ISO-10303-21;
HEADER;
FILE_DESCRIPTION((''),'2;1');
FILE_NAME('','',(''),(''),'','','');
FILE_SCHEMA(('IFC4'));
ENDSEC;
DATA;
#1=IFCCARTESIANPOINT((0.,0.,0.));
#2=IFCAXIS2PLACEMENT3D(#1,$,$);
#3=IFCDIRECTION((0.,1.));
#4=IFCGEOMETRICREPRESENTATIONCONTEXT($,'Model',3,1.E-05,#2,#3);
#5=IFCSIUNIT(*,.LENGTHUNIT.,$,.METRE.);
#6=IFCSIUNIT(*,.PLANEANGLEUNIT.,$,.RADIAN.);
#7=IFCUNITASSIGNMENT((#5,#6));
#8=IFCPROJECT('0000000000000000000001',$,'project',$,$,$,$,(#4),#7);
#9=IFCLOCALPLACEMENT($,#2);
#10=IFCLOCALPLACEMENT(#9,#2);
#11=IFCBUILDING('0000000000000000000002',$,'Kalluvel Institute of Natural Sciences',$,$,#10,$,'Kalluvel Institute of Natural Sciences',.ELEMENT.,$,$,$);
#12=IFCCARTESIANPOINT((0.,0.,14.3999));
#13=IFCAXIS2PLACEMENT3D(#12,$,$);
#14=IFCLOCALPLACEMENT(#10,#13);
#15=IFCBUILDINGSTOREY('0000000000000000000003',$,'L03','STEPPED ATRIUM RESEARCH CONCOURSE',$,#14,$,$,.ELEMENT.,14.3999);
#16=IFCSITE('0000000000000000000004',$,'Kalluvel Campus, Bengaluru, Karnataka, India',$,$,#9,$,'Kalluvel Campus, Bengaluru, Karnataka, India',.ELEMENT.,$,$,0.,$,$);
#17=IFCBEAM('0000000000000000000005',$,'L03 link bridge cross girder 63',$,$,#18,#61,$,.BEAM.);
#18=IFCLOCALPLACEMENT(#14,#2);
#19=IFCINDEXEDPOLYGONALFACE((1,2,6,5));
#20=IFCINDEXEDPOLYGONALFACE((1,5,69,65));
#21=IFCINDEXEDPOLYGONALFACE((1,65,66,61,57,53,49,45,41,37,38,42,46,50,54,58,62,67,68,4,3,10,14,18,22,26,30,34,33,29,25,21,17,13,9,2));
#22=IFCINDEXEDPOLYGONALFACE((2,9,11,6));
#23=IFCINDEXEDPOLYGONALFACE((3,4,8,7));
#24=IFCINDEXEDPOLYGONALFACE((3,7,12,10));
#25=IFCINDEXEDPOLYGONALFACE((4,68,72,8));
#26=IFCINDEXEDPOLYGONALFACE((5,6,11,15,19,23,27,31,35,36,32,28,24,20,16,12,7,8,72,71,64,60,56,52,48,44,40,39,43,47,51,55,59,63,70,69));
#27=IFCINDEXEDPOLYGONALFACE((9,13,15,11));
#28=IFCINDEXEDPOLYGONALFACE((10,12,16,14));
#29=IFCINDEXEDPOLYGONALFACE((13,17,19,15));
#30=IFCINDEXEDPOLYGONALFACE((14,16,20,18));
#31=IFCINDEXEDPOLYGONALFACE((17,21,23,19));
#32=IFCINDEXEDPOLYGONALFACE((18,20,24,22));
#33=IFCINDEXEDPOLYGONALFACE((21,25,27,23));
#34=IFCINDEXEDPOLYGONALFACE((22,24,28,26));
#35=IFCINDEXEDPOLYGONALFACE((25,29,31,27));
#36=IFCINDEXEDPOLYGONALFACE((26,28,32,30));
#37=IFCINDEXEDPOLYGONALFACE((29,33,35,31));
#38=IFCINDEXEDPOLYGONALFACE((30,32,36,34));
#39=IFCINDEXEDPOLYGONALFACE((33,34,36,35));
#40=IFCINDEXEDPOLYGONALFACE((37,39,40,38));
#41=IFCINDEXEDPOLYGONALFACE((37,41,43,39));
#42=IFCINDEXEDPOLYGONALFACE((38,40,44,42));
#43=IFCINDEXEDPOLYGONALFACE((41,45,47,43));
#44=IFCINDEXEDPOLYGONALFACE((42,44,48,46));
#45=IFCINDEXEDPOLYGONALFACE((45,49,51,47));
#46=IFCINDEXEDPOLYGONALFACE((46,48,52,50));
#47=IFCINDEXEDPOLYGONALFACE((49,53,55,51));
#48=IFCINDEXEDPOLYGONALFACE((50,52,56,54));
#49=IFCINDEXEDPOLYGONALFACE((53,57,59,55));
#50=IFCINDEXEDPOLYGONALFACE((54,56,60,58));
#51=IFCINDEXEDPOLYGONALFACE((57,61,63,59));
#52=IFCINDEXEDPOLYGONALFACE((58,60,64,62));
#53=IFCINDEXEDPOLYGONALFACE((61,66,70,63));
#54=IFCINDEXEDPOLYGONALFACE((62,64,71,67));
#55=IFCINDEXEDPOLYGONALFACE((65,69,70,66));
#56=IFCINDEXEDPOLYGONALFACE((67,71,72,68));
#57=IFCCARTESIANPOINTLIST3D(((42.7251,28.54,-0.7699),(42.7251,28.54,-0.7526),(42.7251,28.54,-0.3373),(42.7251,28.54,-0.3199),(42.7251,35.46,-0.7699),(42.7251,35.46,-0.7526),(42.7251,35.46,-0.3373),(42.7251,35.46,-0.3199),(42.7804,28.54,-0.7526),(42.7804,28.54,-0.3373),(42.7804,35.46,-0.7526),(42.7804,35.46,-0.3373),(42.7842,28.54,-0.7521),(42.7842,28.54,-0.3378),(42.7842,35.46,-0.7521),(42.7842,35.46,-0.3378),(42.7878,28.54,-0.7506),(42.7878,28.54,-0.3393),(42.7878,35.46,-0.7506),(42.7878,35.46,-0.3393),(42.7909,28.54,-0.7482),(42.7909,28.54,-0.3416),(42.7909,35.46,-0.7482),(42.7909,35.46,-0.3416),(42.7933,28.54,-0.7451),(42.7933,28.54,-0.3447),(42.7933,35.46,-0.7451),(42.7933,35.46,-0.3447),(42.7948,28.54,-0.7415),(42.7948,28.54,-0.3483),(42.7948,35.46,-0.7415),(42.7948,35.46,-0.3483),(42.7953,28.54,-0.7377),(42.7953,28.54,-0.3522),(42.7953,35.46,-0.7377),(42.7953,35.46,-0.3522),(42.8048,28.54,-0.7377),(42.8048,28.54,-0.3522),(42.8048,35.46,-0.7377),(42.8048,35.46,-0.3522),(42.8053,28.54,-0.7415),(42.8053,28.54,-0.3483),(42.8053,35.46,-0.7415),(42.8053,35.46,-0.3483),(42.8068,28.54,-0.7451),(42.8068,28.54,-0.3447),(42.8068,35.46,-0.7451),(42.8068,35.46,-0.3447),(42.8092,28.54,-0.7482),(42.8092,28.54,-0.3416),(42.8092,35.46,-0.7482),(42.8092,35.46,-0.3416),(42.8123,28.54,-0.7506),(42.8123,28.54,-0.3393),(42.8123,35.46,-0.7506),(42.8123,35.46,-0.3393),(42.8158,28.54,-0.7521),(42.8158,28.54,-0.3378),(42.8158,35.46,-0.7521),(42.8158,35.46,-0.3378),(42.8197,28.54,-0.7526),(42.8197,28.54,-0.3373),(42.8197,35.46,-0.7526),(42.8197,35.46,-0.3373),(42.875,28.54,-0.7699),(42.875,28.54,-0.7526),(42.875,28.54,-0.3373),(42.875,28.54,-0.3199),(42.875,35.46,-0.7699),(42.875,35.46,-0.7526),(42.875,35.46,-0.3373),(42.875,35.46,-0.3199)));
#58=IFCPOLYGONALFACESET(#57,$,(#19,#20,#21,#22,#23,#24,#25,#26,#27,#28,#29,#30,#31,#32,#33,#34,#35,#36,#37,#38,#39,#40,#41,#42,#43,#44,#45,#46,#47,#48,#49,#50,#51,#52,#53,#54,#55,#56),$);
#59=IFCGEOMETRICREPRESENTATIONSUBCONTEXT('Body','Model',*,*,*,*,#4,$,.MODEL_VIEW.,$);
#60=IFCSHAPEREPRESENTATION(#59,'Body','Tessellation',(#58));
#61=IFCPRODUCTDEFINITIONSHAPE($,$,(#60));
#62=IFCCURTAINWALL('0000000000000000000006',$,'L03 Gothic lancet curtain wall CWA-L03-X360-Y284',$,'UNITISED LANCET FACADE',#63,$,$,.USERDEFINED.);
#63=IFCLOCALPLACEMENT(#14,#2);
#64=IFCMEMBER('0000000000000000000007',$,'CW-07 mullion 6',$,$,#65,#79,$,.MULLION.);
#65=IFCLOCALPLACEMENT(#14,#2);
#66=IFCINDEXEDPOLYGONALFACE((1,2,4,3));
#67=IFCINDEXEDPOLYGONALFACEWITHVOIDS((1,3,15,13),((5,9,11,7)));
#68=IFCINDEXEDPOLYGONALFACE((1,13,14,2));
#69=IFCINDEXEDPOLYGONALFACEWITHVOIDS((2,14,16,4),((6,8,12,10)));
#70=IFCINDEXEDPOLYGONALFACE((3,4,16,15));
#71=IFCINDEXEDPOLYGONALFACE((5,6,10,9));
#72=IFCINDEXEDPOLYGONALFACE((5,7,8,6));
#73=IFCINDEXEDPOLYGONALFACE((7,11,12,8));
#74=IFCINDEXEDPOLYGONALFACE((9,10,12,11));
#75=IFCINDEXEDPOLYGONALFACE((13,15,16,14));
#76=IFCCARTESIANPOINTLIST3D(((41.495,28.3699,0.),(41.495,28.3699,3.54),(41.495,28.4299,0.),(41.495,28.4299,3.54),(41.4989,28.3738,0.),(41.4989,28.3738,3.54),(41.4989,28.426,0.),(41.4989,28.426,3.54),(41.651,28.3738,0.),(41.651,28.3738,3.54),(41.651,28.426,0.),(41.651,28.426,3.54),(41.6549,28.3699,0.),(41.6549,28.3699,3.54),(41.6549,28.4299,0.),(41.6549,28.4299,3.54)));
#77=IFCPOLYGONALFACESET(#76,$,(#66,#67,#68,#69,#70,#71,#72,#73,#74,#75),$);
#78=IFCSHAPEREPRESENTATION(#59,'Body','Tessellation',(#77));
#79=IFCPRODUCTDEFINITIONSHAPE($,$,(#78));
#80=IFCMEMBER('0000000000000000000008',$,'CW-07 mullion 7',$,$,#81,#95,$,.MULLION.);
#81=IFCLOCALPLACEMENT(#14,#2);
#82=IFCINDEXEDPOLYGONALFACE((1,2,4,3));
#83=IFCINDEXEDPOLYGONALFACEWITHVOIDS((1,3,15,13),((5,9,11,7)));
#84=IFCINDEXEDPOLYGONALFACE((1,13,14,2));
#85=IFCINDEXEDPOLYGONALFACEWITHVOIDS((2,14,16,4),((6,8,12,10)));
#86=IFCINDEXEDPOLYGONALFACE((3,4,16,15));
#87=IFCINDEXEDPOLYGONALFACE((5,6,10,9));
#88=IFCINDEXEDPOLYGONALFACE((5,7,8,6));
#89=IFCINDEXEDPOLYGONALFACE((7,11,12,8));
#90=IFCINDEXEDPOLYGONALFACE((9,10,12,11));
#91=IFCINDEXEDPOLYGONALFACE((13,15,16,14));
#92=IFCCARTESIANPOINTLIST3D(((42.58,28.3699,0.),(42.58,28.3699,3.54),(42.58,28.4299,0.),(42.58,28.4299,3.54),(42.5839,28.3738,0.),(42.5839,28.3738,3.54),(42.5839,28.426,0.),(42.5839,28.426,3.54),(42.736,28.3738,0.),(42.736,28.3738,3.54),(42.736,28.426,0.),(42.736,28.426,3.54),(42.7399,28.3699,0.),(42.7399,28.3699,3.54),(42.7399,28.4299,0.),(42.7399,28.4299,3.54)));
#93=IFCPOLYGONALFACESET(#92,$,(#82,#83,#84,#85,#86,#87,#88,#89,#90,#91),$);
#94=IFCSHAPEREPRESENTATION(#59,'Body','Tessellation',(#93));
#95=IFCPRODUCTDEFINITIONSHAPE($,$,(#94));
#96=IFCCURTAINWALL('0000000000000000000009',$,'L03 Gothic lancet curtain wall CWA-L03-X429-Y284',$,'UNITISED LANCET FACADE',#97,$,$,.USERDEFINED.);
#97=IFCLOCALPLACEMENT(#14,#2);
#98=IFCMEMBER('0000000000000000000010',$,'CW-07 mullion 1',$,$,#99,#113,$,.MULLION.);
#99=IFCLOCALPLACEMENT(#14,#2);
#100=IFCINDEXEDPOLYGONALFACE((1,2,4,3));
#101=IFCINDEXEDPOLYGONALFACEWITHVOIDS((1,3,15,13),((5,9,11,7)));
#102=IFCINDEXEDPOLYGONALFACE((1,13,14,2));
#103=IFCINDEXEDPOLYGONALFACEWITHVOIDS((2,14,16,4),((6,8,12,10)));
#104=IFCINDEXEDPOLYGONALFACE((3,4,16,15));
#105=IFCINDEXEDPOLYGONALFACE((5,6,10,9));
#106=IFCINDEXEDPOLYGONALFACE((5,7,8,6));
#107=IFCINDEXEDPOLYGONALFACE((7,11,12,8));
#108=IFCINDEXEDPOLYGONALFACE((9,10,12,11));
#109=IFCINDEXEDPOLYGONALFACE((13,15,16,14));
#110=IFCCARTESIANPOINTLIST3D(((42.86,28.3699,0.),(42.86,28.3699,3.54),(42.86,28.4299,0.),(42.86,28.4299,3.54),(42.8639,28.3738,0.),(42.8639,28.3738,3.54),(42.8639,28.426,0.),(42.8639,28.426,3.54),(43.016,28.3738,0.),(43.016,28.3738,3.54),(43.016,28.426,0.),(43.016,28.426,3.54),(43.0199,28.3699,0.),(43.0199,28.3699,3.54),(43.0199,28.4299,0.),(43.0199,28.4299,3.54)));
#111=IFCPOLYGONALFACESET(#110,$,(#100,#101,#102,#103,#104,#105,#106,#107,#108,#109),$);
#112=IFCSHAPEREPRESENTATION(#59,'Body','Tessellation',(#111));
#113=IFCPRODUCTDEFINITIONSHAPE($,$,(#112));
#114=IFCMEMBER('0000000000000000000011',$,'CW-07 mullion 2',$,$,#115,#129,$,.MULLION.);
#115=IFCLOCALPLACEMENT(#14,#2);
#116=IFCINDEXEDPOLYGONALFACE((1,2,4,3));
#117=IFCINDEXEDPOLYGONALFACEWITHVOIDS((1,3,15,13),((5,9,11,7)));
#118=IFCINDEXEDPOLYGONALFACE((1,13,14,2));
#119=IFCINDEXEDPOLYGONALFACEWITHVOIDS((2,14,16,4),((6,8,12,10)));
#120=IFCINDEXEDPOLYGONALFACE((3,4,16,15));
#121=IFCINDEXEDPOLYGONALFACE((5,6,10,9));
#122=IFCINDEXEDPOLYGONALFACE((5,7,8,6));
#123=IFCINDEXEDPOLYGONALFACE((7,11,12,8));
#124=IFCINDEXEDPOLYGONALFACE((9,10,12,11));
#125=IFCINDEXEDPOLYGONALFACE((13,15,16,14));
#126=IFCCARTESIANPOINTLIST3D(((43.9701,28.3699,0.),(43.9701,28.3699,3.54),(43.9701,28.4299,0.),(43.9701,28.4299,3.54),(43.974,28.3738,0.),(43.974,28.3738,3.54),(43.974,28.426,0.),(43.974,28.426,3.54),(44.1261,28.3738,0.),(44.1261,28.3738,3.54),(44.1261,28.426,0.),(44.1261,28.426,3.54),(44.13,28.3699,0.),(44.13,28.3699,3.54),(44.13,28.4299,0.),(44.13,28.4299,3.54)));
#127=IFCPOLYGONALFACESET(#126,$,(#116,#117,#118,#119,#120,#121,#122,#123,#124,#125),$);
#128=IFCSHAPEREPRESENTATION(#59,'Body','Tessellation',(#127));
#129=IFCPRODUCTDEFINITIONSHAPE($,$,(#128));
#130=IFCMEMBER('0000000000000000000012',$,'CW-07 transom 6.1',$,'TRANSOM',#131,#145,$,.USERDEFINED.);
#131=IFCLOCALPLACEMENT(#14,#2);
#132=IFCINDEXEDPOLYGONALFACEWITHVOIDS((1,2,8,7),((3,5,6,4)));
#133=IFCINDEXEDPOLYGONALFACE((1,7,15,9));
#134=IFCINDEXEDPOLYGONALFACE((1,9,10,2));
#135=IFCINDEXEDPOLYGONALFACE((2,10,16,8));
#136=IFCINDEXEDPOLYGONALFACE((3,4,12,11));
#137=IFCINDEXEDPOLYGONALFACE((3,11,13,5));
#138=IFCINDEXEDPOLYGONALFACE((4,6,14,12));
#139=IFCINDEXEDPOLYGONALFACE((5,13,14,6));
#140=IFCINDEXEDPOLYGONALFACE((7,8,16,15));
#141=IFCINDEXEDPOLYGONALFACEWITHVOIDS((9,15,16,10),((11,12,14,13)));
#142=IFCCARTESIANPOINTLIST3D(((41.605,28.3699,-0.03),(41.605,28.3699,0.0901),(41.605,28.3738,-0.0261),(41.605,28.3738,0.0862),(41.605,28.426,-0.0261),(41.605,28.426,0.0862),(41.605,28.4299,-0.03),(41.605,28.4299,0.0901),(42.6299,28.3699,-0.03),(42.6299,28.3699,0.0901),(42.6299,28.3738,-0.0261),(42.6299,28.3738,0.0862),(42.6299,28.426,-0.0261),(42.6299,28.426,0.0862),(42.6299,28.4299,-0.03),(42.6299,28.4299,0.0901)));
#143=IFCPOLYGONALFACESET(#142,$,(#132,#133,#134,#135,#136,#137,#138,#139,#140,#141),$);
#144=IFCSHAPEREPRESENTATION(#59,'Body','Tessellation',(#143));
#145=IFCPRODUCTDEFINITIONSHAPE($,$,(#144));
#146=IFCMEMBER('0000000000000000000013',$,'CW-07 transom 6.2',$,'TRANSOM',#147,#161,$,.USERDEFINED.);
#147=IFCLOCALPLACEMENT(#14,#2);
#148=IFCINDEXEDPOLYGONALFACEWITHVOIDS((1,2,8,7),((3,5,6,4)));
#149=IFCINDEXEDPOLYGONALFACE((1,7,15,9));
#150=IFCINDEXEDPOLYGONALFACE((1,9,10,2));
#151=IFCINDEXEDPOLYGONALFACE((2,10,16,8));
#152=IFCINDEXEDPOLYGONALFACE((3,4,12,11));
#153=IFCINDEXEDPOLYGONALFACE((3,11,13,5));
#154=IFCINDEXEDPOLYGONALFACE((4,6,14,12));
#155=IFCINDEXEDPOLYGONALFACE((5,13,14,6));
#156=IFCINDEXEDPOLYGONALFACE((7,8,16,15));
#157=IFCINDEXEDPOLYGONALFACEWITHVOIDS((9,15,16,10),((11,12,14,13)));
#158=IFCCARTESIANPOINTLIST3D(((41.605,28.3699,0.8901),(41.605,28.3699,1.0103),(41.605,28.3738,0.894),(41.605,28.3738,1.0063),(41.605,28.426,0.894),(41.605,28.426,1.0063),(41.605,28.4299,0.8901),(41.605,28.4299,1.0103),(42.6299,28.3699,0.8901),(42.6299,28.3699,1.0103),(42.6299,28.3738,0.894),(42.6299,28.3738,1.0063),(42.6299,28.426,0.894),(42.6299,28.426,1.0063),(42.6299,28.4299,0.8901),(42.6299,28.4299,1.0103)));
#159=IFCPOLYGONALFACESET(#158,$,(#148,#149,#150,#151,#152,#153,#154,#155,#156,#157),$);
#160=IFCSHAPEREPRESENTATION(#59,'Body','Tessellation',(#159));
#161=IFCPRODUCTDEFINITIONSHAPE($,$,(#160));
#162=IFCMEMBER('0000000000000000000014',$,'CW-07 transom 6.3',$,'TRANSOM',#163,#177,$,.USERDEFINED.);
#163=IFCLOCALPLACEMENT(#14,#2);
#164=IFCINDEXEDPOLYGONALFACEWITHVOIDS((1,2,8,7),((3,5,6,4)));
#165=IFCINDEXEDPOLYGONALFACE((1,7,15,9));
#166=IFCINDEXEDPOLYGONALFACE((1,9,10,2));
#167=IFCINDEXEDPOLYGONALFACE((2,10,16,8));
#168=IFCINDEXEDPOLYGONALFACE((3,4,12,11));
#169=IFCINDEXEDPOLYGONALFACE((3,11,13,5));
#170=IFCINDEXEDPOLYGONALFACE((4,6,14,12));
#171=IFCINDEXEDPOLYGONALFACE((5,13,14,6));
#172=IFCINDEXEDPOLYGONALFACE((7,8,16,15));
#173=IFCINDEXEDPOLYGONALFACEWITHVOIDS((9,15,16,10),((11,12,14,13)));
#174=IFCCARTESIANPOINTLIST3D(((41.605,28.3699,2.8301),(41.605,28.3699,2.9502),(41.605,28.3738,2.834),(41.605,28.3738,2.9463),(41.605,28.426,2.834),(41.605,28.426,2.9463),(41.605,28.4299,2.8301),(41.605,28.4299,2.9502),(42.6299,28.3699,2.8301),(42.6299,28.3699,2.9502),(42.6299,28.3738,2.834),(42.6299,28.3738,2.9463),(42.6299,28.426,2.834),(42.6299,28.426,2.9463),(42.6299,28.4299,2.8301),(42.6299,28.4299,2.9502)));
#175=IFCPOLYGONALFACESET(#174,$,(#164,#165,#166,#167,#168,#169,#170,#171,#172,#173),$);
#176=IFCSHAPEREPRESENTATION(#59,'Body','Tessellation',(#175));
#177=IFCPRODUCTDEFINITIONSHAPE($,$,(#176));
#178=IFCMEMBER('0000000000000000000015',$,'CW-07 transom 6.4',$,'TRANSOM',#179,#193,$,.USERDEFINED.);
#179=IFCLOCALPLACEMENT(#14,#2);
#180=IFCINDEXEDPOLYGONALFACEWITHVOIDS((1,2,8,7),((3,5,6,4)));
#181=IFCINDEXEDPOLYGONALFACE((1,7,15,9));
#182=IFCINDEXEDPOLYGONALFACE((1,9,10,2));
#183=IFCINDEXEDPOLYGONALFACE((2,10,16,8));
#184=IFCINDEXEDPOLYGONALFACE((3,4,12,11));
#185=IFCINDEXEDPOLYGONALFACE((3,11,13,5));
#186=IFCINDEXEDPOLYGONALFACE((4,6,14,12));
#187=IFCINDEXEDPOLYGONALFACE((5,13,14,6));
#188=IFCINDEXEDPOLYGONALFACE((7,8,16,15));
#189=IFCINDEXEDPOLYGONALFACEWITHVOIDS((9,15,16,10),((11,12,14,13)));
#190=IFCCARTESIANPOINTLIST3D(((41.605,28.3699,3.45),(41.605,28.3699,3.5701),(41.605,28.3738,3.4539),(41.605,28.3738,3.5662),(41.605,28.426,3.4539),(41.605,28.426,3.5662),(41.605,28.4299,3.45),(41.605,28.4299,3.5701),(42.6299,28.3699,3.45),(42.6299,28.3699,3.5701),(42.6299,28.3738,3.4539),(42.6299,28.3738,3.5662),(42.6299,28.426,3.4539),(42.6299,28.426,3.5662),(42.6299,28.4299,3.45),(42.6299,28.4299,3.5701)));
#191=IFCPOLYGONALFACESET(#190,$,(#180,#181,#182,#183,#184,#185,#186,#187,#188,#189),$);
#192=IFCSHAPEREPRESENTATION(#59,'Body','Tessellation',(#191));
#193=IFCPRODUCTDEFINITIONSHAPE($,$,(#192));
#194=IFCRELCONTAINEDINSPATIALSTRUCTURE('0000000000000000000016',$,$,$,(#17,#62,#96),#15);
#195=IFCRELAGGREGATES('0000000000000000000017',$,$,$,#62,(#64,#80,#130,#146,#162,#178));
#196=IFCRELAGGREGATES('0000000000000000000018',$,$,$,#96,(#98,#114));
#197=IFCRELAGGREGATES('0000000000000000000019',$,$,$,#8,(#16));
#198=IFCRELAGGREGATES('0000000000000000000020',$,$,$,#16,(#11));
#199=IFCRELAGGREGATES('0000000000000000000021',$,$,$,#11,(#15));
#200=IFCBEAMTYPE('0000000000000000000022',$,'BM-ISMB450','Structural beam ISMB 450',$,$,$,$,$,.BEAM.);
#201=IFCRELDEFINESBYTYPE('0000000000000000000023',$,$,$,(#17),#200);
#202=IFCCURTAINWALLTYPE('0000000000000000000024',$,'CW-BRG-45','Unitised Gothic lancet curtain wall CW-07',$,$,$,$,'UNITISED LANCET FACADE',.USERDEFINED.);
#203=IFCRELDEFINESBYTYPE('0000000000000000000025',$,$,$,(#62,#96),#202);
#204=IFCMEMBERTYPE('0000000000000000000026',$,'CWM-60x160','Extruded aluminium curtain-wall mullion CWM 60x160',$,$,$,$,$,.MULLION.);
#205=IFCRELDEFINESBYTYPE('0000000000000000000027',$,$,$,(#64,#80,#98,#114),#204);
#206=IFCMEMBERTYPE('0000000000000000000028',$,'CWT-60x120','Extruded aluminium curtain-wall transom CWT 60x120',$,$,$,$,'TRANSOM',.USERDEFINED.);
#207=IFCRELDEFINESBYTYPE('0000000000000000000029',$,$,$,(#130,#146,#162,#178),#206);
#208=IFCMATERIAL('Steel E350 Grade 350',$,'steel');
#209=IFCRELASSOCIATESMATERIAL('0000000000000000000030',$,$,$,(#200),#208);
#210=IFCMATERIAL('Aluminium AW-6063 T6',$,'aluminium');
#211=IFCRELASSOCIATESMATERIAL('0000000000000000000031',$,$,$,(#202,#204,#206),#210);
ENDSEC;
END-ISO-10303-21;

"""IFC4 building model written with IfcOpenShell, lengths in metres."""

from ifc_helpers import new_model, si_unit, direction, frame, origin, origin_2d, place, context, subcontext, project, spatial, hollow_rectangle, i_section, extrude, material, material_profile, profile_set, type_object, element, aggregate, save


model = new_model("IFC4")

# Units and contexts
model_context = context("Model", 3, precision=1e-05, world=origin(), true_north=direction((0.0, 1.0)))
body_context = subcontext(model_context, "Body", "Model", "MODEL_VIEW")
ifc_project = project(units=[si_unit("LENGTHUNIT", "METRE"), si_unit("PLANEANGLEUNIT", "RADIAN")], contexts=[model_context])

# Site, building, storey
site_placement = place(None, origin())
site = spatial("IfcSite", under=ifc_project, at=site_placement, Name="Kalluvel Campus, Bengaluru, Karnataka, India", LongName="Kalluvel Campus, Bengaluru, Karnataka, India", CompositionType="ELEMENT", RefElevation=0.0)
building_placement = place(site_placement, origin())
building = spatial("IfcBuilding", under=site, at=building_placement, Name="Kalluvel Institute of Natural Sciences", LongName="Kalluvel Institute of Natural Sciences", CompositionType="ELEMENT")
storey_placement = place(building_placement, frame((0.0, 0.0, 14.3999)))
storey = spatial("IfcBuildingStorey", under=building, at=storey_placement, Name="L03", Description="STEPPED ATRIUM RESEARCH CONCOURSE", CompositionType="ELEMENT", Elevation=14.3999)

# Beam
ifc_material_1 = material(Name="Steel E350 Grade 350", Category="steel")
ifc_material_profile_1 = material_profile(ifc_material_1, i_section(OverallWidth=0.1499, OverallDepth=0.45, WebThickness=0.0095, FlangeThickness=0.0173, FilletRadius=0.0149, at=origin_2d()), Name="ISMB 450")
ifc_profile_set_1 = profile_set([ifc_material_profile_1], Name="Steel E350 Grade 350")
beam_type = type_object("IfcBeamType", Name="BM-ISMB450", Description="Structural beam ISMB 450", PredefinedType="BEAM", material=ifc_profile_set_1)
beam_placement = place(storey_placement, frame((42.8, 28.54, -0.5449), z_axis=(0.0, 1.0, 0.0), x_axis=(-1.0, 0.0, 0.0)))
element("IfcBeam", 1, at=beam_placement, inside=storey, type_object=beam_type, Name="L03 link bridge cross girder 63", PredefinedType="BEAM", context=body_context, shape_type="SweptSolid", body=[
    extrude(i_section(OverallWidth=0.1499, OverallDepth=0.45, WebThickness=0.0095, FlangeThickness=0.0173, FilletRadius=0.0149, at=origin_2d()), origin(), (0.0, 0.0, 1.0), 6.9199),
])

# Curtain walls, members
ifc_material_2 = material(Name="Aluminium AW-6063 T6", Category="aluminium")
curtain_wall_type = type_object("IfcCurtainWallType", Name="CW-BRG-45", Description="Unitised Gothic lancet curtain wall CW-07", ElementType="UNITISED LANCET FACADE", PredefinedType="USERDEFINED", material=ifc_material_2)
curtain_wall_1_placement = place(storey_placement, origin())
curtain_wall_1 = element("IfcCurtainWall", 2, at=curtain_wall_1_placement, inside=storey, type_object=curtain_wall_type, Name="L03 Gothic lancet curtain wall CWA-L03-X360-Y284", ObjectType="UNITISED LANCET FACADE", PredefinedType="USERDEFINED")
ifc_material_profile_2 = material_profile(ifc_material_2, hollow_rectangle(XDim=0.0601, YDim=0.1599, WallThickness=0.0039, at=origin_2d()), Name="CWM 60x160")
ifc_profile_set_2 = profile_set([ifc_material_profile_2], Name="Aluminium AW-6063 T6")
member_type_1 = type_object("IfcMemberType", Name="CWM-60x160", Description="Extruded aluminium curtain-wall mullion CWM 60x160", PredefinedType="MULLION", material=ifc_profile_set_2)
member_1_placement = place(storey_placement, frame((41.575, 28.3999, 0.0), z_axis=(0.0, 0.0, 1.0), x_axis=(0.0, 1.0, 0.0)))
member_1 = element("IfcMember", 3, at=member_1_placement, type_object=member_type_1, Name="CW-07 mullion 6", PredefinedType="MULLION", context=body_context, shape_type="SweptSolid", body=[
    extrude(hollow_rectangle(XDim=0.0601, YDim=0.1599, WallThickness=0.0039, at=origin_2d()), origin(), (0.0, 0.0, 1.0), 3.54),
])
member_2_placement = place(storey_placement, frame((42.6599, 28.3999, 0.0), z_axis=(0.0, 0.0, 1.0), x_axis=(0.0, 1.0, 0.0)))
member_2 = element("IfcMember", 4, at=member_2_placement, type_object=member_type_1, Name="CW-07 mullion 7", PredefinedType="MULLION", context=body_context, shape_type="SweptSolid", body=[
    extrude(hollow_rectangle(XDim=0.0601, YDim=0.1599, WallThickness=0.0039, at=origin_2d()), origin(), (0.0, 0.0, 1.0), 3.54),
])
curtain_wall_2_placement = place(storey_placement, origin())
curtain_wall_2 = element("IfcCurtainWall", 5, at=curtain_wall_2_placement, inside=storey, type_object=curtain_wall_type, Name="L03 Gothic lancet curtain wall CWA-L03-X429-Y284", ObjectType="UNITISED LANCET FACADE", PredefinedType="USERDEFINED")
member_3_placement = place(storey_placement, frame((42.9399, 28.3999, 0.0), z_axis=(0.0, 0.0, 1.0), x_axis=(0.0, 1.0, 0.0)))
member_3 = element("IfcMember", 6, at=member_3_placement, type_object=member_type_1, Name="CW-07 mullion 1", PredefinedType="MULLION", context=body_context, shape_type="SweptSolid", body=[
    extrude(hollow_rectangle(XDim=0.0601, YDim=0.1599, WallThickness=0.0039, at=origin_2d()), origin(), (0.0, 0.0, 1.0), 3.54),
])
member_4_placement = place(storey_placement, frame((44.05, 28.3999, 0.0), z_axis=(0.0, 0.0, 1.0), x_axis=(0.0, 1.0, 0.0)))
member_4 = element("IfcMember", 7, at=member_4_placement, type_object=member_type_1, Name="CW-07 mullion 2", PredefinedType="MULLION", context=body_context, shape_type="SweptSolid", body=[
    extrude(hollow_rectangle(XDim=0.0601, YDim=0.1599, WallThickness=0.0039, at=origin_2d()), origin(), (0.0, 0.0, 1.0), 3.54),
])

# Members
ifc_material_profile_3 = material_profile(ifc_material_2, hollow_rectangle(XDim=0.0601, YDim=0.1201, WallThickness=0.0039, at=origin_2d()), Name="CWT 60x120")
ifc_profile_set_3 = profile_set([ifc_material_profile_3], Name="Aluminium AW-6063 T6")
member_type_2 = type_object("IfcMemberType", Name="CWT-60x120", Description="Extruded aluminium curtain-wall transom CWT 60x120", ElementType="TRANSOM", PredefinedType="USERDEFINED", material=ifc_profile_set_3)
member_5_placement = place(storey_placement, frame((41.605, 28.3999, 0.03), z_axis=(1.0, 0.0, 0.0), x_axis=(0.0, 1.0, 0.0)))
member_5 = element("IfcMember", 8, at=member_5_placement, type_object=member_type_2, Name="CW-07 transom 6.1", ObjectType="TRANSOM", PredefinedType="USERDEFINED", context=body_context, shape_type="SweptSolid", body=[
    extrude(hollow_rectangle(XDim=0.0601, YDim=0.1201, WallThickness=0.0039, at=origin_2d()), origin(), (0.0, 0.0, 1.0), 1.0249),
])
member_6_placement = place(storey_placement, frame((41.605, 28.3999, 0.9502), z_axis=(1.0, 0.0, 0.0), x_axis=(0.0, 1.0, 0.0)))
member_6 = element("IfcMember", 9, at=member_6_placement, type_object=member_type_2, Name="CW-07 transom 6.2", ObjectType="TRANSOM", PredefinedType="USERDEFINED", context=body_context, shape_type="SweptSolid", body=[
    extrude(hollow_rectangle(XDim=0.0601, YDim=0.1201, WallThickness=0.0039, at=origin_2d()), origin(), (0.0, 0.0, 1.0), 1.0249),
])
member_7_placement = place(storey_placement, frame((41.605, 28.3999, 2.8901), z_axis=(1.0, 0.0, 0.0), x_axis=(0.0, 1.0, 0.0)))
member_7 = element("IfcMember", 10, at=member_7_placement, type_object=member_type_2, Name="CW-07 transom 6.3", ObjectType="TRANSOM", PredefinedType="USERDEFINED", context=body_context, shape_type="SweptSolid", body=[
    extrude(hollow_rectangle(XDim=0.0601, YDim=0.1201, WallThickness=0.0039, at=origin_2d()), origin(), (0.0, 0.0, 1.0), 1.0249),
])
member_8_placement = place(storey_placement, frame((41.605, 28.3999, 3.51), z_axis=(1.0, 0.0, 0.0), x_axis=(0.0, 1.0, 0.0)))
member_8 = element("IfcMember", 11, at=member_8_placement, type_object=member_type_2, Name="CW-07 transom 6.4", ObjectType="TRANSOM", PredefinedType="USERDEFINED", context=body_context, shape_type="SweptSolid", body=[
    extrude(hollow_rectangle(XDim=0.0601, YDim=0.1201, WallThickness=0.0039, at=origin_2d()), origin(), (0.0, 0.0, 1.0), 1.0249),
])

aggregate(curtain_wall_1, [member_1, member_2, member_5, member_6, member_7, member_8])
aggregate(curtain_wall_2, [member_3, member_4])

save(model, "model.ifc")
